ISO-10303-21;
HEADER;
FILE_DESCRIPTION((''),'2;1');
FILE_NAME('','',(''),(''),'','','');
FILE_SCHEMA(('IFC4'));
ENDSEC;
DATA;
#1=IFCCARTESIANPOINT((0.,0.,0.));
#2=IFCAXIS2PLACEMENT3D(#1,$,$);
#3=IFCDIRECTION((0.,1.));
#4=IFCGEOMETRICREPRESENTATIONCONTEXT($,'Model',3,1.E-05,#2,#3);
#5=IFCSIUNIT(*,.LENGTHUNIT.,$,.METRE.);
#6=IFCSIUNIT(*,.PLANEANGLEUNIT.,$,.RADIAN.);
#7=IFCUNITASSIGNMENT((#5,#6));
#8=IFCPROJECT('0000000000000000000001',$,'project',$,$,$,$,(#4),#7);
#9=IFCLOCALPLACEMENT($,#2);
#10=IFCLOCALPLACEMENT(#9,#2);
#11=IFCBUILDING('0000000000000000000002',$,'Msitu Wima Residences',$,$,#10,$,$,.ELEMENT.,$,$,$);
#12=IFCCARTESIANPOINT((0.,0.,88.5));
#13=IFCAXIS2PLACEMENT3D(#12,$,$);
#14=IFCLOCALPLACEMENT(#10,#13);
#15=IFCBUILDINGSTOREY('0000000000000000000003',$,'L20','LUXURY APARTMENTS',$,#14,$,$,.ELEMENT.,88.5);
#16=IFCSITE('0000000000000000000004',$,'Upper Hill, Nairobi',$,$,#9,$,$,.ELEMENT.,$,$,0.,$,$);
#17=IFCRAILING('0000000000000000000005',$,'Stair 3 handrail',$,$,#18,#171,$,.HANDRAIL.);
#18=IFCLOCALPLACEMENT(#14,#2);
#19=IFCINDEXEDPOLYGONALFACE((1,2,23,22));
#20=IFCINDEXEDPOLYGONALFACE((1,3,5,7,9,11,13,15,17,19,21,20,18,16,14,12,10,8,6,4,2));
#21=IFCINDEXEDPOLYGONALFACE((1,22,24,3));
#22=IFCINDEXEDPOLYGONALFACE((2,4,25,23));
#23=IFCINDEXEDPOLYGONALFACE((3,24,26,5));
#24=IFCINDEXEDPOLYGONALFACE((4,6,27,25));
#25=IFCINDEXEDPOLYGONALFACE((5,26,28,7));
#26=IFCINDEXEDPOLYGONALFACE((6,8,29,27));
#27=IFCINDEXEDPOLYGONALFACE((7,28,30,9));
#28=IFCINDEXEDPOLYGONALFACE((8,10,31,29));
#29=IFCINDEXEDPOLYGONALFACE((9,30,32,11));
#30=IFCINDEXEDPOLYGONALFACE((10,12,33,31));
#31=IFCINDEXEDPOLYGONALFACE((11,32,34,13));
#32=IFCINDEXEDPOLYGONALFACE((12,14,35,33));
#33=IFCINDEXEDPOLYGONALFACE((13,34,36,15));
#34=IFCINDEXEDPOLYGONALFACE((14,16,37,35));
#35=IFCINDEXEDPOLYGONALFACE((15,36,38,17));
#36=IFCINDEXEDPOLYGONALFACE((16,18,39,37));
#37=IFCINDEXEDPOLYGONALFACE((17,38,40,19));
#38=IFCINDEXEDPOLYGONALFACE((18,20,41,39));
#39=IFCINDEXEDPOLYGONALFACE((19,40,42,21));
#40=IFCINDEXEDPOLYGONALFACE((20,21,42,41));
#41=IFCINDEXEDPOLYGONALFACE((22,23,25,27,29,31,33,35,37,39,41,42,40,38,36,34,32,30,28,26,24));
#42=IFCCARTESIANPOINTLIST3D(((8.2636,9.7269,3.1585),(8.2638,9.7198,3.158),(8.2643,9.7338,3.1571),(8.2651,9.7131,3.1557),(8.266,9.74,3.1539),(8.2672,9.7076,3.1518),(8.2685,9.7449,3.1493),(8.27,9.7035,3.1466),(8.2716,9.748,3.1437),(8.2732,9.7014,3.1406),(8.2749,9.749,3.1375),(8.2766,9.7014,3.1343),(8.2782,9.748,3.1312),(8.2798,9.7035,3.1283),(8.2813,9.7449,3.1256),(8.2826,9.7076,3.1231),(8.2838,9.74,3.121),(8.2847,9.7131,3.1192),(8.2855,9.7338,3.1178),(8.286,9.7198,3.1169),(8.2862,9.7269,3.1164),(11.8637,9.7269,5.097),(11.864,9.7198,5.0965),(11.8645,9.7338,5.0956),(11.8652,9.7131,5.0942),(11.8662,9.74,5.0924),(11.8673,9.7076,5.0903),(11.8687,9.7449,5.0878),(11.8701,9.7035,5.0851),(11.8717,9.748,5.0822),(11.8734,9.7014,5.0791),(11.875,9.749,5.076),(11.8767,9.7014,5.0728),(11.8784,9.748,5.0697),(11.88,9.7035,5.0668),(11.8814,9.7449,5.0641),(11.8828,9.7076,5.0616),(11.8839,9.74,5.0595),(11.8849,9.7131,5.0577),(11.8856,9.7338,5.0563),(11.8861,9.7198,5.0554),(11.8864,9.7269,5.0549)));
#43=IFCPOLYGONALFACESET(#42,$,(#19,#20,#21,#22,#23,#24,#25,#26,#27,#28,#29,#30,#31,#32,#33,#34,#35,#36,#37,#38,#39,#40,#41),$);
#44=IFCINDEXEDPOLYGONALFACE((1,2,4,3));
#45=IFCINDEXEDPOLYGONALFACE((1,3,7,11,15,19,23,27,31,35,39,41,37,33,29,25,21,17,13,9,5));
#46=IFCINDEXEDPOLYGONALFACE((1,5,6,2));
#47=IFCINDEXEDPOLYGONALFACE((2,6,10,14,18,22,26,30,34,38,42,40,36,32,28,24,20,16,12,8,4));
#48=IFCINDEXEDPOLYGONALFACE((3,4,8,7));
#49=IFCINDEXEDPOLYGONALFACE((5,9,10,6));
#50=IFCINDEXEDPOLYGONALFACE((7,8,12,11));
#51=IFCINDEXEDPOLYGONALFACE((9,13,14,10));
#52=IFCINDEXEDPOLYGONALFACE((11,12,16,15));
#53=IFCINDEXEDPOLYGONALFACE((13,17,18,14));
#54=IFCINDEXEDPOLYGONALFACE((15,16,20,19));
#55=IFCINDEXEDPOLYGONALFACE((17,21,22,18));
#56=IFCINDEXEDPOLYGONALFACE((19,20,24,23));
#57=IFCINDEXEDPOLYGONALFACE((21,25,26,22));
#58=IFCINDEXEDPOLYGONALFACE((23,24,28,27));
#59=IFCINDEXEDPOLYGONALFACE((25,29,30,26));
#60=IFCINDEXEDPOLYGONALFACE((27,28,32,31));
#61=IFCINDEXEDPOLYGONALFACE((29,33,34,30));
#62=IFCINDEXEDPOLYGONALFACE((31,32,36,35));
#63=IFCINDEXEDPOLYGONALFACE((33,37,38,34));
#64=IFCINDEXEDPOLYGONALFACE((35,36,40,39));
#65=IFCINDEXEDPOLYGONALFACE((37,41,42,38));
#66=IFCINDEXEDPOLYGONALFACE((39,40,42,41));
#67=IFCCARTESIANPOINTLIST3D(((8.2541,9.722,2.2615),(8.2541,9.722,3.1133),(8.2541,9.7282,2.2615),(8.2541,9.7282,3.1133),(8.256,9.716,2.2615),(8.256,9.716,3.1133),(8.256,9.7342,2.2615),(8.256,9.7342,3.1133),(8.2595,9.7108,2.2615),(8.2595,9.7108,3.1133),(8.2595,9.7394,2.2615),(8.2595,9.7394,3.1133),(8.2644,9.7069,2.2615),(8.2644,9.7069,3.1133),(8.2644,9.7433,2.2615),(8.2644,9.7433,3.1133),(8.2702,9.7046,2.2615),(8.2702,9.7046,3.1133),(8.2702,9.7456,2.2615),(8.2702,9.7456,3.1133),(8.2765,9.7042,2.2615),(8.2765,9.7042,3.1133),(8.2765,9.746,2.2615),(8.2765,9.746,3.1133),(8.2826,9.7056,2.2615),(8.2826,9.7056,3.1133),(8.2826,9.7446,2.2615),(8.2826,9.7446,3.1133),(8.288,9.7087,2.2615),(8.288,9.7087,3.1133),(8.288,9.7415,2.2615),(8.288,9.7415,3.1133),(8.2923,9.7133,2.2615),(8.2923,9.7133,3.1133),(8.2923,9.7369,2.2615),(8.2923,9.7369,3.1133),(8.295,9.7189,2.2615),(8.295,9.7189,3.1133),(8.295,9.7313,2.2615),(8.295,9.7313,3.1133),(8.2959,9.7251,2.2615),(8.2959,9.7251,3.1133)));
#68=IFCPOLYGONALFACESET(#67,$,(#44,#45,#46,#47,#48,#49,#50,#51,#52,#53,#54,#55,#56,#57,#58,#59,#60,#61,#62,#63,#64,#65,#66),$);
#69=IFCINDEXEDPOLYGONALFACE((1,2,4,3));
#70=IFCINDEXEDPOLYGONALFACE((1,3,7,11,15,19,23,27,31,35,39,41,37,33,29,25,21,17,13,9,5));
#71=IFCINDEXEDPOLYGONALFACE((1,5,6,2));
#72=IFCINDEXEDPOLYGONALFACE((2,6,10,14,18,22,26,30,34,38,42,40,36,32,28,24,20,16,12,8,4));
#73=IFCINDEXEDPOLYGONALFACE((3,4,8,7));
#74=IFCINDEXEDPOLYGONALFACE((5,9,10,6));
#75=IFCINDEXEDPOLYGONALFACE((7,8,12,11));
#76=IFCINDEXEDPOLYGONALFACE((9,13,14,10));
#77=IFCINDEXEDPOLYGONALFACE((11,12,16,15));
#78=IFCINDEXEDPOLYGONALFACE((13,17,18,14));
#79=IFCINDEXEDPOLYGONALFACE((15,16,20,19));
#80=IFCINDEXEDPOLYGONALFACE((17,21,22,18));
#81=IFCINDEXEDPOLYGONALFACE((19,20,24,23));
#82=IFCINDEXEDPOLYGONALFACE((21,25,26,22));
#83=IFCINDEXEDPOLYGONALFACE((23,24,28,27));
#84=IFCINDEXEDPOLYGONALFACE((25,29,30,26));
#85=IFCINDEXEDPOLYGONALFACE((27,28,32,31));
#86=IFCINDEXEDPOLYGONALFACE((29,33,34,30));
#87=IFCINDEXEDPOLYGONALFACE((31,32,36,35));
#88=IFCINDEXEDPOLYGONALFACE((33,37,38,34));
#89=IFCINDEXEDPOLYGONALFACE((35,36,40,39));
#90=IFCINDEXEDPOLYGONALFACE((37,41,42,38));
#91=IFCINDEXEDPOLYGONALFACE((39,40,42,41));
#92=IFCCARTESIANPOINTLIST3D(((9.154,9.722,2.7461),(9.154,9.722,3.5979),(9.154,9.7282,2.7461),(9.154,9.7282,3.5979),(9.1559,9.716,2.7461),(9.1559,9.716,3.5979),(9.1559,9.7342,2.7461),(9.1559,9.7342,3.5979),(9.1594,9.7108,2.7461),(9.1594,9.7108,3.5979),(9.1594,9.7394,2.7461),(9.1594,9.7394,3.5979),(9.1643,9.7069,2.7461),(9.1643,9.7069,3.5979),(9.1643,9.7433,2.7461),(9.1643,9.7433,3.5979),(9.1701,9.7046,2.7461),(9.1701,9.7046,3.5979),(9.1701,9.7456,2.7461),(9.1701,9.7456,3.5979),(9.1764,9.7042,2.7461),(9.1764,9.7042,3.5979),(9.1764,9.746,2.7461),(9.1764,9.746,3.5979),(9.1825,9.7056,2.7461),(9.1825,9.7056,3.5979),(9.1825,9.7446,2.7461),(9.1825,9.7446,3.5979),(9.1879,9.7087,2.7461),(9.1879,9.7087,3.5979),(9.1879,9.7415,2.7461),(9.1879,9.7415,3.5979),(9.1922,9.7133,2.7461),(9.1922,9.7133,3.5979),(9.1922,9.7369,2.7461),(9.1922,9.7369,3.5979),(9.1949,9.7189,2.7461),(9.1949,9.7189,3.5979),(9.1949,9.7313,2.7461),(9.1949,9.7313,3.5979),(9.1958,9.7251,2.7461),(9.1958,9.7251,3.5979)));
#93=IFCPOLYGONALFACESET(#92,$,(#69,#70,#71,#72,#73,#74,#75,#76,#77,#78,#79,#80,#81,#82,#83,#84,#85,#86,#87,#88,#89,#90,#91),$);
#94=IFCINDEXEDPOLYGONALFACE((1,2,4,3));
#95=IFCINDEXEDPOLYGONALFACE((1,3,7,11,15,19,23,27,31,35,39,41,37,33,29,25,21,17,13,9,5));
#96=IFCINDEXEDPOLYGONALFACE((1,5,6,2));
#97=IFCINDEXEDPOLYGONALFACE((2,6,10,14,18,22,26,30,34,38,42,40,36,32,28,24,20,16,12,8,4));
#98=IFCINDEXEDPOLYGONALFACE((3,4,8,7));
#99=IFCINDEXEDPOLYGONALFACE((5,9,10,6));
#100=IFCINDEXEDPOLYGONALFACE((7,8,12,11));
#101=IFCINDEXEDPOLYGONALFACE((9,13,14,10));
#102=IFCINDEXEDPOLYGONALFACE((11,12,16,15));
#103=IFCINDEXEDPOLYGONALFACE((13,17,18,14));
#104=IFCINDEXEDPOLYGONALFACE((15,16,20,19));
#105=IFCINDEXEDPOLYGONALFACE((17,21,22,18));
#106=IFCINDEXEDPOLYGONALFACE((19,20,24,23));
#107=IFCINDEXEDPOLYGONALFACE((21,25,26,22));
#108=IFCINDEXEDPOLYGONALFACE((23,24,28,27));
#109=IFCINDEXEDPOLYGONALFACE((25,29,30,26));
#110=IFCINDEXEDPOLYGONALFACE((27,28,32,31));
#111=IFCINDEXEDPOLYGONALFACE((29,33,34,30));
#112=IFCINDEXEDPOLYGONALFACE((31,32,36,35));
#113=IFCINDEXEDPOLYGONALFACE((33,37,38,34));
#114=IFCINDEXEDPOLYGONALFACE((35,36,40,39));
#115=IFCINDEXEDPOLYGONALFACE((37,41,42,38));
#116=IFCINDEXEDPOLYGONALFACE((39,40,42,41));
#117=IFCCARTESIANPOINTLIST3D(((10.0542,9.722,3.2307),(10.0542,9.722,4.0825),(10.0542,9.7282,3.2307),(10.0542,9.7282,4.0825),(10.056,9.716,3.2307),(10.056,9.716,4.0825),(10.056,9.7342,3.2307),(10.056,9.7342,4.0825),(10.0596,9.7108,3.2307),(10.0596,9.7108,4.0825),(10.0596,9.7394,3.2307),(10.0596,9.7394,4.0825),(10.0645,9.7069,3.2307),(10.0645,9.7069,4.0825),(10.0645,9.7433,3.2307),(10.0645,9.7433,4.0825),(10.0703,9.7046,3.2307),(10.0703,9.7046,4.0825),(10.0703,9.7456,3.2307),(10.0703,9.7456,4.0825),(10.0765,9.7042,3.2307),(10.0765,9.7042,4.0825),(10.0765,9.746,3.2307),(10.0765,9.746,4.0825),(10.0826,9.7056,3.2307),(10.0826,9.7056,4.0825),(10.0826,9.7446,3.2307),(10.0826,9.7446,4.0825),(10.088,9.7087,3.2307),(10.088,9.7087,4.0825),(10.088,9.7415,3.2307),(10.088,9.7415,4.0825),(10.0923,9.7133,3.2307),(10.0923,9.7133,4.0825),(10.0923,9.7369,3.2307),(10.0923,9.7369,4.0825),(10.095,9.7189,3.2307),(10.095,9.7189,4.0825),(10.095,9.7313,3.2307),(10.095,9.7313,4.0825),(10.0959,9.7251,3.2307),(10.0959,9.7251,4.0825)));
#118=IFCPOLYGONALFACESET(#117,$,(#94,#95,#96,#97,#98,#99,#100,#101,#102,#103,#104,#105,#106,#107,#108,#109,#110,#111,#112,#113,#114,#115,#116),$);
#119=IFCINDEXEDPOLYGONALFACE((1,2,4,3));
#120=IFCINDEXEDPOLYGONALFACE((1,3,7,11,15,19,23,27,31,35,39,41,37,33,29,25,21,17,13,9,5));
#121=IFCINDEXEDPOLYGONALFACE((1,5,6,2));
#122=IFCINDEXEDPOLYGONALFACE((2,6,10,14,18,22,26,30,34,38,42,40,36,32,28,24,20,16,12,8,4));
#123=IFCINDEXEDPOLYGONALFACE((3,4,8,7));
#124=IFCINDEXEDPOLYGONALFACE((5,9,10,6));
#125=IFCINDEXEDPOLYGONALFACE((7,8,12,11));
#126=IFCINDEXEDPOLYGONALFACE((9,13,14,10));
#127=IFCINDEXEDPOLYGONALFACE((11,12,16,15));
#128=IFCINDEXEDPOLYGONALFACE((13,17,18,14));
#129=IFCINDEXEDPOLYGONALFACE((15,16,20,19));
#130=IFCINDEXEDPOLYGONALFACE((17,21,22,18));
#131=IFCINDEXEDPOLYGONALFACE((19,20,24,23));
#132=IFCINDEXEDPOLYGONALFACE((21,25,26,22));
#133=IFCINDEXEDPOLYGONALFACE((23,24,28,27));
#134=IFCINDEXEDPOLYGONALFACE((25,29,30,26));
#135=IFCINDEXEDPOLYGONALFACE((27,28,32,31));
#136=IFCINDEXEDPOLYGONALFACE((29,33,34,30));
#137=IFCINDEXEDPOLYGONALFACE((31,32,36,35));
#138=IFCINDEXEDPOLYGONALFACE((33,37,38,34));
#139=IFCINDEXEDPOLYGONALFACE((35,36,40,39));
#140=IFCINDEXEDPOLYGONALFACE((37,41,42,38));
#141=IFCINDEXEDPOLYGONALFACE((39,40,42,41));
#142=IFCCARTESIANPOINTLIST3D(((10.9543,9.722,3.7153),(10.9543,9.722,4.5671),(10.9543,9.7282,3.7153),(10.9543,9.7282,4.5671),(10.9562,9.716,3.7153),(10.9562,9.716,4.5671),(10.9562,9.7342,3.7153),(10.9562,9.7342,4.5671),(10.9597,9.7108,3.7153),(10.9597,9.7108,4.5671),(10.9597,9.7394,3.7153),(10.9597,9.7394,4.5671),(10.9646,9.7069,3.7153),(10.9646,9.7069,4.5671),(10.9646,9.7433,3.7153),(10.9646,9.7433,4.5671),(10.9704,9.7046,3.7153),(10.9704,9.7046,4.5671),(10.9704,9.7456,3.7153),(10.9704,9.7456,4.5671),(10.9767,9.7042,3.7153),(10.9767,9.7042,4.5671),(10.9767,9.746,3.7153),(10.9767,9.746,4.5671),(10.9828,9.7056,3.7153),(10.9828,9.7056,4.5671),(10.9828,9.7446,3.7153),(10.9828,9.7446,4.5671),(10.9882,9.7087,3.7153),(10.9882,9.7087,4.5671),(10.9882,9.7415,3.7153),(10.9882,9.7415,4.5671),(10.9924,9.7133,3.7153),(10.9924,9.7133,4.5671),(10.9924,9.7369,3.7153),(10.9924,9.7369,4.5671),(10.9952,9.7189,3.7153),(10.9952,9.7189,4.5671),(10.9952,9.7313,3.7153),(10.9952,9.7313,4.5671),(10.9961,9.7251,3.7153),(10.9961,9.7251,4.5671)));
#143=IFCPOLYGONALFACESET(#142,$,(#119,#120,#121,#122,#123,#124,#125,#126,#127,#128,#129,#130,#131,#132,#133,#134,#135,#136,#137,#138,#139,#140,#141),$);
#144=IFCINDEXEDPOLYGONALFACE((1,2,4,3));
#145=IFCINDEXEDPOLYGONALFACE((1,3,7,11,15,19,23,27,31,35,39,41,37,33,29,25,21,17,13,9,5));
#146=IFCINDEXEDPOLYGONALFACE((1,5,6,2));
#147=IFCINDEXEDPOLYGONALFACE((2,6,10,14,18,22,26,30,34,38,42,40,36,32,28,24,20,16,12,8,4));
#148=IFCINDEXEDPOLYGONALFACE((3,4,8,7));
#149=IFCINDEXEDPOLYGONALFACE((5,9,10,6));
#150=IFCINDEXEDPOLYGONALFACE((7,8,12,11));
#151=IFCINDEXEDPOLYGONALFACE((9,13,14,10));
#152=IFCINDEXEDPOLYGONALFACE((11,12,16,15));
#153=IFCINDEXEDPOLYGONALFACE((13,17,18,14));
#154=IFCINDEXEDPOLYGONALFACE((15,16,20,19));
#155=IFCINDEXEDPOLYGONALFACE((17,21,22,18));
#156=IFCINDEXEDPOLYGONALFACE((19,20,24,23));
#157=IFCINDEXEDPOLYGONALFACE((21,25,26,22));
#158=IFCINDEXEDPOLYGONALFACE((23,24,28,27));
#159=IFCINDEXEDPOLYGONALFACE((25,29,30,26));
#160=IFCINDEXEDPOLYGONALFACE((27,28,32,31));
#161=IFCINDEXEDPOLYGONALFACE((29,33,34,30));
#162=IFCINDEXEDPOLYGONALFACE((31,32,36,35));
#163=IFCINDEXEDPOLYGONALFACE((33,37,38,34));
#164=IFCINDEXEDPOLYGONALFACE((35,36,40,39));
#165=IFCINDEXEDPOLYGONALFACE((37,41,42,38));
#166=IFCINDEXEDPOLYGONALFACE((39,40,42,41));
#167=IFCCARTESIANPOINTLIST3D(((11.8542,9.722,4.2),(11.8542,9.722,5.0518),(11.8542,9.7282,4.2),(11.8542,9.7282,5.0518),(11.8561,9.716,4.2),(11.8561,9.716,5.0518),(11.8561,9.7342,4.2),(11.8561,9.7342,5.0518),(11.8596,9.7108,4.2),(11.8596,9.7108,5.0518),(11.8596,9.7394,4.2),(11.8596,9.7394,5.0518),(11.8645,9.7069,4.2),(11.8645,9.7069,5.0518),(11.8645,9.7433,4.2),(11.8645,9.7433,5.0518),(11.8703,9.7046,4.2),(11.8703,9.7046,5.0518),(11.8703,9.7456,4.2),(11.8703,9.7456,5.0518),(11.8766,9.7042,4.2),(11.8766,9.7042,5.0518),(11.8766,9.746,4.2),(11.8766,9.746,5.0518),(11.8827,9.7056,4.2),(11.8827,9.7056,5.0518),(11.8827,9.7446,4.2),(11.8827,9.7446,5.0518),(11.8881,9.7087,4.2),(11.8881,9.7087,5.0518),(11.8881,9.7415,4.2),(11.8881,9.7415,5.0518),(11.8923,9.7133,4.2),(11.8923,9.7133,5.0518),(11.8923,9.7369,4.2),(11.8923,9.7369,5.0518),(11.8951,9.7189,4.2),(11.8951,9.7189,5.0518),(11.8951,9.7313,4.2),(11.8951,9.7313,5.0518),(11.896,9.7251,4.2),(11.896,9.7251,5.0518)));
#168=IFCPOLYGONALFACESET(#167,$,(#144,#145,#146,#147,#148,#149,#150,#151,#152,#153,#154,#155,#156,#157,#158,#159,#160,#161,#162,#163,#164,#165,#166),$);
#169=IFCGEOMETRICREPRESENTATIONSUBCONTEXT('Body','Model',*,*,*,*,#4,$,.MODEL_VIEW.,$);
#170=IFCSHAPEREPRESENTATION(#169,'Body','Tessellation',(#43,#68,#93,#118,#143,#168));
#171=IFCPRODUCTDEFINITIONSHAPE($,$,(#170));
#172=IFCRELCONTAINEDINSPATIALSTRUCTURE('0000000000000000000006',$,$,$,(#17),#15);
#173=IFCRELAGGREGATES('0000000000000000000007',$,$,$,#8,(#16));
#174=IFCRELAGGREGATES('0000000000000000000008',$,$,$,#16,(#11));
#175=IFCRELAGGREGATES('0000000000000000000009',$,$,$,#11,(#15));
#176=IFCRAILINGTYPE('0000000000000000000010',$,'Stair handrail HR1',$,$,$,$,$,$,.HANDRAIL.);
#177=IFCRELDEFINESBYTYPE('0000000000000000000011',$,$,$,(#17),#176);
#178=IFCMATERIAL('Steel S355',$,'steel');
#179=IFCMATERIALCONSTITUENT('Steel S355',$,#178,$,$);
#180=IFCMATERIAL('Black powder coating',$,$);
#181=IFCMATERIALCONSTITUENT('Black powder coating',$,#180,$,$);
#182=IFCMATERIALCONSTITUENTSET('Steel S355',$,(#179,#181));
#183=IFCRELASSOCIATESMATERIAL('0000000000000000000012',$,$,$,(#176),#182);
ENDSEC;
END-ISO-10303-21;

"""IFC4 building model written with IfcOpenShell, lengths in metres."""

from ifc_helpers import new_model, si_unit, direction, frame, origin, origin_2d, place, context, subcontext, project, spatial, circle, extrude, material, constituent, constituent_set, type_object, element, save


model = new_model("IFC4")

# Units and contexts
model_context = context("Model", 3, precision=1e-05, world=origin(), true_north=direction((0.0, 1.0)))
body_context = subcontext(model_context, "Body", "Model", "MODEL_VIEW")
ifc_project = project(units=[si_unit("LENGTHUNIT", "METRE"), si_unit("PLANEANGLEUNIT", "RADIAN")], contexts=[model_context])

# Site, building, storey
site_placement = place(None, origin())
site = spatial("IfcSite", under=ifc_project, at=site_placement, Name="Upper Hill, Nairobi", CompositionType="ELEMENT", RefElevation=0.0)
building_placement = place(site_placement, origin())
building = spatial("IfcBuilding", under=site, at=building_placement, Name="Msitu Wima Residences", CompositionType="ELEMENT")
storey_placement = place(building_placement, frame((0.0, 0.0, 88.5)))
storey = spatial("IfcBuildingStorey", under=building, at=storey_placement, Name="L20", Description="LUXURY APARTMENTS", CompositionType="ELEMENT", Elevation=88.5)

# Railing
ifc_material_1 = material(Name="Steel S355", Category="steel")
ifc_constituent_1 = constituent(ifc_material_1, Name="Steel S355")
ifc_material_2 = material(Name="Black powder coating")
ifc_constituent_2 = constituent(ifc_material_2, Name="Black powder coating")
ifc_constituent_set = constituent_set(constituents=[ifc_constituent_1, ifc_constituent_2], Name="Steel S355")
railing_type = type_object("IfcRailingType", Name="Stair handrail HR1", PredefinedType="HANDRAIL", material=ifc_constituent_set)
for number, where, name in (
    (1, (8.2749, 9.7251, 2.2615), "Stair 3 handrail"),
):
    element("IfcRailing", number, at=place(storey_placement, frame(where)), inside=storey, type_object=railing_type, Name=name, PredefinedType="HANDRAIL", context=body_context, shape_type="SweptSolid", body=[
        extrude(circle(Radius=0.0239, at=origin_2d()), frame((0.0, 0.0, 0.876), z_axis=(0.880475, 0.0, 0.474093), x_axis=(0.0, 1.0, 0.0)), (0.0, 0.0, 1.0), 4.0889),
        extrude(circle(Radius=0.021, at=origin_2d()), origin(), (0.0, 0.0, 1.0), 0.8518),
        extrude(circle(Radius=0.021, at=origin_2d()), frame((0.8999, 0.0, 0.4846)), (0.0, 0.0, 1.0), 0.8518),
        extrude(circle(Radius=0.021, at=origin_2d()), frame((1.8, 0.0, 0.9692)), (0.0, 0.0, 1.0), 0.8518),
        extrude(circle(Radius=0.021, at=origin_2d()), frame((2.7002, 0.0, 1.4539)), (0.0, 0.0, 1.0), 0.8518),
        extrude(circle(Radius=0.021, at=origin_2d()), frame((3.6001, 0.0, 1.9385)), (0.0, 0.0, 1.0), 0.8518),
    ])

save(model, "model.ifc")
